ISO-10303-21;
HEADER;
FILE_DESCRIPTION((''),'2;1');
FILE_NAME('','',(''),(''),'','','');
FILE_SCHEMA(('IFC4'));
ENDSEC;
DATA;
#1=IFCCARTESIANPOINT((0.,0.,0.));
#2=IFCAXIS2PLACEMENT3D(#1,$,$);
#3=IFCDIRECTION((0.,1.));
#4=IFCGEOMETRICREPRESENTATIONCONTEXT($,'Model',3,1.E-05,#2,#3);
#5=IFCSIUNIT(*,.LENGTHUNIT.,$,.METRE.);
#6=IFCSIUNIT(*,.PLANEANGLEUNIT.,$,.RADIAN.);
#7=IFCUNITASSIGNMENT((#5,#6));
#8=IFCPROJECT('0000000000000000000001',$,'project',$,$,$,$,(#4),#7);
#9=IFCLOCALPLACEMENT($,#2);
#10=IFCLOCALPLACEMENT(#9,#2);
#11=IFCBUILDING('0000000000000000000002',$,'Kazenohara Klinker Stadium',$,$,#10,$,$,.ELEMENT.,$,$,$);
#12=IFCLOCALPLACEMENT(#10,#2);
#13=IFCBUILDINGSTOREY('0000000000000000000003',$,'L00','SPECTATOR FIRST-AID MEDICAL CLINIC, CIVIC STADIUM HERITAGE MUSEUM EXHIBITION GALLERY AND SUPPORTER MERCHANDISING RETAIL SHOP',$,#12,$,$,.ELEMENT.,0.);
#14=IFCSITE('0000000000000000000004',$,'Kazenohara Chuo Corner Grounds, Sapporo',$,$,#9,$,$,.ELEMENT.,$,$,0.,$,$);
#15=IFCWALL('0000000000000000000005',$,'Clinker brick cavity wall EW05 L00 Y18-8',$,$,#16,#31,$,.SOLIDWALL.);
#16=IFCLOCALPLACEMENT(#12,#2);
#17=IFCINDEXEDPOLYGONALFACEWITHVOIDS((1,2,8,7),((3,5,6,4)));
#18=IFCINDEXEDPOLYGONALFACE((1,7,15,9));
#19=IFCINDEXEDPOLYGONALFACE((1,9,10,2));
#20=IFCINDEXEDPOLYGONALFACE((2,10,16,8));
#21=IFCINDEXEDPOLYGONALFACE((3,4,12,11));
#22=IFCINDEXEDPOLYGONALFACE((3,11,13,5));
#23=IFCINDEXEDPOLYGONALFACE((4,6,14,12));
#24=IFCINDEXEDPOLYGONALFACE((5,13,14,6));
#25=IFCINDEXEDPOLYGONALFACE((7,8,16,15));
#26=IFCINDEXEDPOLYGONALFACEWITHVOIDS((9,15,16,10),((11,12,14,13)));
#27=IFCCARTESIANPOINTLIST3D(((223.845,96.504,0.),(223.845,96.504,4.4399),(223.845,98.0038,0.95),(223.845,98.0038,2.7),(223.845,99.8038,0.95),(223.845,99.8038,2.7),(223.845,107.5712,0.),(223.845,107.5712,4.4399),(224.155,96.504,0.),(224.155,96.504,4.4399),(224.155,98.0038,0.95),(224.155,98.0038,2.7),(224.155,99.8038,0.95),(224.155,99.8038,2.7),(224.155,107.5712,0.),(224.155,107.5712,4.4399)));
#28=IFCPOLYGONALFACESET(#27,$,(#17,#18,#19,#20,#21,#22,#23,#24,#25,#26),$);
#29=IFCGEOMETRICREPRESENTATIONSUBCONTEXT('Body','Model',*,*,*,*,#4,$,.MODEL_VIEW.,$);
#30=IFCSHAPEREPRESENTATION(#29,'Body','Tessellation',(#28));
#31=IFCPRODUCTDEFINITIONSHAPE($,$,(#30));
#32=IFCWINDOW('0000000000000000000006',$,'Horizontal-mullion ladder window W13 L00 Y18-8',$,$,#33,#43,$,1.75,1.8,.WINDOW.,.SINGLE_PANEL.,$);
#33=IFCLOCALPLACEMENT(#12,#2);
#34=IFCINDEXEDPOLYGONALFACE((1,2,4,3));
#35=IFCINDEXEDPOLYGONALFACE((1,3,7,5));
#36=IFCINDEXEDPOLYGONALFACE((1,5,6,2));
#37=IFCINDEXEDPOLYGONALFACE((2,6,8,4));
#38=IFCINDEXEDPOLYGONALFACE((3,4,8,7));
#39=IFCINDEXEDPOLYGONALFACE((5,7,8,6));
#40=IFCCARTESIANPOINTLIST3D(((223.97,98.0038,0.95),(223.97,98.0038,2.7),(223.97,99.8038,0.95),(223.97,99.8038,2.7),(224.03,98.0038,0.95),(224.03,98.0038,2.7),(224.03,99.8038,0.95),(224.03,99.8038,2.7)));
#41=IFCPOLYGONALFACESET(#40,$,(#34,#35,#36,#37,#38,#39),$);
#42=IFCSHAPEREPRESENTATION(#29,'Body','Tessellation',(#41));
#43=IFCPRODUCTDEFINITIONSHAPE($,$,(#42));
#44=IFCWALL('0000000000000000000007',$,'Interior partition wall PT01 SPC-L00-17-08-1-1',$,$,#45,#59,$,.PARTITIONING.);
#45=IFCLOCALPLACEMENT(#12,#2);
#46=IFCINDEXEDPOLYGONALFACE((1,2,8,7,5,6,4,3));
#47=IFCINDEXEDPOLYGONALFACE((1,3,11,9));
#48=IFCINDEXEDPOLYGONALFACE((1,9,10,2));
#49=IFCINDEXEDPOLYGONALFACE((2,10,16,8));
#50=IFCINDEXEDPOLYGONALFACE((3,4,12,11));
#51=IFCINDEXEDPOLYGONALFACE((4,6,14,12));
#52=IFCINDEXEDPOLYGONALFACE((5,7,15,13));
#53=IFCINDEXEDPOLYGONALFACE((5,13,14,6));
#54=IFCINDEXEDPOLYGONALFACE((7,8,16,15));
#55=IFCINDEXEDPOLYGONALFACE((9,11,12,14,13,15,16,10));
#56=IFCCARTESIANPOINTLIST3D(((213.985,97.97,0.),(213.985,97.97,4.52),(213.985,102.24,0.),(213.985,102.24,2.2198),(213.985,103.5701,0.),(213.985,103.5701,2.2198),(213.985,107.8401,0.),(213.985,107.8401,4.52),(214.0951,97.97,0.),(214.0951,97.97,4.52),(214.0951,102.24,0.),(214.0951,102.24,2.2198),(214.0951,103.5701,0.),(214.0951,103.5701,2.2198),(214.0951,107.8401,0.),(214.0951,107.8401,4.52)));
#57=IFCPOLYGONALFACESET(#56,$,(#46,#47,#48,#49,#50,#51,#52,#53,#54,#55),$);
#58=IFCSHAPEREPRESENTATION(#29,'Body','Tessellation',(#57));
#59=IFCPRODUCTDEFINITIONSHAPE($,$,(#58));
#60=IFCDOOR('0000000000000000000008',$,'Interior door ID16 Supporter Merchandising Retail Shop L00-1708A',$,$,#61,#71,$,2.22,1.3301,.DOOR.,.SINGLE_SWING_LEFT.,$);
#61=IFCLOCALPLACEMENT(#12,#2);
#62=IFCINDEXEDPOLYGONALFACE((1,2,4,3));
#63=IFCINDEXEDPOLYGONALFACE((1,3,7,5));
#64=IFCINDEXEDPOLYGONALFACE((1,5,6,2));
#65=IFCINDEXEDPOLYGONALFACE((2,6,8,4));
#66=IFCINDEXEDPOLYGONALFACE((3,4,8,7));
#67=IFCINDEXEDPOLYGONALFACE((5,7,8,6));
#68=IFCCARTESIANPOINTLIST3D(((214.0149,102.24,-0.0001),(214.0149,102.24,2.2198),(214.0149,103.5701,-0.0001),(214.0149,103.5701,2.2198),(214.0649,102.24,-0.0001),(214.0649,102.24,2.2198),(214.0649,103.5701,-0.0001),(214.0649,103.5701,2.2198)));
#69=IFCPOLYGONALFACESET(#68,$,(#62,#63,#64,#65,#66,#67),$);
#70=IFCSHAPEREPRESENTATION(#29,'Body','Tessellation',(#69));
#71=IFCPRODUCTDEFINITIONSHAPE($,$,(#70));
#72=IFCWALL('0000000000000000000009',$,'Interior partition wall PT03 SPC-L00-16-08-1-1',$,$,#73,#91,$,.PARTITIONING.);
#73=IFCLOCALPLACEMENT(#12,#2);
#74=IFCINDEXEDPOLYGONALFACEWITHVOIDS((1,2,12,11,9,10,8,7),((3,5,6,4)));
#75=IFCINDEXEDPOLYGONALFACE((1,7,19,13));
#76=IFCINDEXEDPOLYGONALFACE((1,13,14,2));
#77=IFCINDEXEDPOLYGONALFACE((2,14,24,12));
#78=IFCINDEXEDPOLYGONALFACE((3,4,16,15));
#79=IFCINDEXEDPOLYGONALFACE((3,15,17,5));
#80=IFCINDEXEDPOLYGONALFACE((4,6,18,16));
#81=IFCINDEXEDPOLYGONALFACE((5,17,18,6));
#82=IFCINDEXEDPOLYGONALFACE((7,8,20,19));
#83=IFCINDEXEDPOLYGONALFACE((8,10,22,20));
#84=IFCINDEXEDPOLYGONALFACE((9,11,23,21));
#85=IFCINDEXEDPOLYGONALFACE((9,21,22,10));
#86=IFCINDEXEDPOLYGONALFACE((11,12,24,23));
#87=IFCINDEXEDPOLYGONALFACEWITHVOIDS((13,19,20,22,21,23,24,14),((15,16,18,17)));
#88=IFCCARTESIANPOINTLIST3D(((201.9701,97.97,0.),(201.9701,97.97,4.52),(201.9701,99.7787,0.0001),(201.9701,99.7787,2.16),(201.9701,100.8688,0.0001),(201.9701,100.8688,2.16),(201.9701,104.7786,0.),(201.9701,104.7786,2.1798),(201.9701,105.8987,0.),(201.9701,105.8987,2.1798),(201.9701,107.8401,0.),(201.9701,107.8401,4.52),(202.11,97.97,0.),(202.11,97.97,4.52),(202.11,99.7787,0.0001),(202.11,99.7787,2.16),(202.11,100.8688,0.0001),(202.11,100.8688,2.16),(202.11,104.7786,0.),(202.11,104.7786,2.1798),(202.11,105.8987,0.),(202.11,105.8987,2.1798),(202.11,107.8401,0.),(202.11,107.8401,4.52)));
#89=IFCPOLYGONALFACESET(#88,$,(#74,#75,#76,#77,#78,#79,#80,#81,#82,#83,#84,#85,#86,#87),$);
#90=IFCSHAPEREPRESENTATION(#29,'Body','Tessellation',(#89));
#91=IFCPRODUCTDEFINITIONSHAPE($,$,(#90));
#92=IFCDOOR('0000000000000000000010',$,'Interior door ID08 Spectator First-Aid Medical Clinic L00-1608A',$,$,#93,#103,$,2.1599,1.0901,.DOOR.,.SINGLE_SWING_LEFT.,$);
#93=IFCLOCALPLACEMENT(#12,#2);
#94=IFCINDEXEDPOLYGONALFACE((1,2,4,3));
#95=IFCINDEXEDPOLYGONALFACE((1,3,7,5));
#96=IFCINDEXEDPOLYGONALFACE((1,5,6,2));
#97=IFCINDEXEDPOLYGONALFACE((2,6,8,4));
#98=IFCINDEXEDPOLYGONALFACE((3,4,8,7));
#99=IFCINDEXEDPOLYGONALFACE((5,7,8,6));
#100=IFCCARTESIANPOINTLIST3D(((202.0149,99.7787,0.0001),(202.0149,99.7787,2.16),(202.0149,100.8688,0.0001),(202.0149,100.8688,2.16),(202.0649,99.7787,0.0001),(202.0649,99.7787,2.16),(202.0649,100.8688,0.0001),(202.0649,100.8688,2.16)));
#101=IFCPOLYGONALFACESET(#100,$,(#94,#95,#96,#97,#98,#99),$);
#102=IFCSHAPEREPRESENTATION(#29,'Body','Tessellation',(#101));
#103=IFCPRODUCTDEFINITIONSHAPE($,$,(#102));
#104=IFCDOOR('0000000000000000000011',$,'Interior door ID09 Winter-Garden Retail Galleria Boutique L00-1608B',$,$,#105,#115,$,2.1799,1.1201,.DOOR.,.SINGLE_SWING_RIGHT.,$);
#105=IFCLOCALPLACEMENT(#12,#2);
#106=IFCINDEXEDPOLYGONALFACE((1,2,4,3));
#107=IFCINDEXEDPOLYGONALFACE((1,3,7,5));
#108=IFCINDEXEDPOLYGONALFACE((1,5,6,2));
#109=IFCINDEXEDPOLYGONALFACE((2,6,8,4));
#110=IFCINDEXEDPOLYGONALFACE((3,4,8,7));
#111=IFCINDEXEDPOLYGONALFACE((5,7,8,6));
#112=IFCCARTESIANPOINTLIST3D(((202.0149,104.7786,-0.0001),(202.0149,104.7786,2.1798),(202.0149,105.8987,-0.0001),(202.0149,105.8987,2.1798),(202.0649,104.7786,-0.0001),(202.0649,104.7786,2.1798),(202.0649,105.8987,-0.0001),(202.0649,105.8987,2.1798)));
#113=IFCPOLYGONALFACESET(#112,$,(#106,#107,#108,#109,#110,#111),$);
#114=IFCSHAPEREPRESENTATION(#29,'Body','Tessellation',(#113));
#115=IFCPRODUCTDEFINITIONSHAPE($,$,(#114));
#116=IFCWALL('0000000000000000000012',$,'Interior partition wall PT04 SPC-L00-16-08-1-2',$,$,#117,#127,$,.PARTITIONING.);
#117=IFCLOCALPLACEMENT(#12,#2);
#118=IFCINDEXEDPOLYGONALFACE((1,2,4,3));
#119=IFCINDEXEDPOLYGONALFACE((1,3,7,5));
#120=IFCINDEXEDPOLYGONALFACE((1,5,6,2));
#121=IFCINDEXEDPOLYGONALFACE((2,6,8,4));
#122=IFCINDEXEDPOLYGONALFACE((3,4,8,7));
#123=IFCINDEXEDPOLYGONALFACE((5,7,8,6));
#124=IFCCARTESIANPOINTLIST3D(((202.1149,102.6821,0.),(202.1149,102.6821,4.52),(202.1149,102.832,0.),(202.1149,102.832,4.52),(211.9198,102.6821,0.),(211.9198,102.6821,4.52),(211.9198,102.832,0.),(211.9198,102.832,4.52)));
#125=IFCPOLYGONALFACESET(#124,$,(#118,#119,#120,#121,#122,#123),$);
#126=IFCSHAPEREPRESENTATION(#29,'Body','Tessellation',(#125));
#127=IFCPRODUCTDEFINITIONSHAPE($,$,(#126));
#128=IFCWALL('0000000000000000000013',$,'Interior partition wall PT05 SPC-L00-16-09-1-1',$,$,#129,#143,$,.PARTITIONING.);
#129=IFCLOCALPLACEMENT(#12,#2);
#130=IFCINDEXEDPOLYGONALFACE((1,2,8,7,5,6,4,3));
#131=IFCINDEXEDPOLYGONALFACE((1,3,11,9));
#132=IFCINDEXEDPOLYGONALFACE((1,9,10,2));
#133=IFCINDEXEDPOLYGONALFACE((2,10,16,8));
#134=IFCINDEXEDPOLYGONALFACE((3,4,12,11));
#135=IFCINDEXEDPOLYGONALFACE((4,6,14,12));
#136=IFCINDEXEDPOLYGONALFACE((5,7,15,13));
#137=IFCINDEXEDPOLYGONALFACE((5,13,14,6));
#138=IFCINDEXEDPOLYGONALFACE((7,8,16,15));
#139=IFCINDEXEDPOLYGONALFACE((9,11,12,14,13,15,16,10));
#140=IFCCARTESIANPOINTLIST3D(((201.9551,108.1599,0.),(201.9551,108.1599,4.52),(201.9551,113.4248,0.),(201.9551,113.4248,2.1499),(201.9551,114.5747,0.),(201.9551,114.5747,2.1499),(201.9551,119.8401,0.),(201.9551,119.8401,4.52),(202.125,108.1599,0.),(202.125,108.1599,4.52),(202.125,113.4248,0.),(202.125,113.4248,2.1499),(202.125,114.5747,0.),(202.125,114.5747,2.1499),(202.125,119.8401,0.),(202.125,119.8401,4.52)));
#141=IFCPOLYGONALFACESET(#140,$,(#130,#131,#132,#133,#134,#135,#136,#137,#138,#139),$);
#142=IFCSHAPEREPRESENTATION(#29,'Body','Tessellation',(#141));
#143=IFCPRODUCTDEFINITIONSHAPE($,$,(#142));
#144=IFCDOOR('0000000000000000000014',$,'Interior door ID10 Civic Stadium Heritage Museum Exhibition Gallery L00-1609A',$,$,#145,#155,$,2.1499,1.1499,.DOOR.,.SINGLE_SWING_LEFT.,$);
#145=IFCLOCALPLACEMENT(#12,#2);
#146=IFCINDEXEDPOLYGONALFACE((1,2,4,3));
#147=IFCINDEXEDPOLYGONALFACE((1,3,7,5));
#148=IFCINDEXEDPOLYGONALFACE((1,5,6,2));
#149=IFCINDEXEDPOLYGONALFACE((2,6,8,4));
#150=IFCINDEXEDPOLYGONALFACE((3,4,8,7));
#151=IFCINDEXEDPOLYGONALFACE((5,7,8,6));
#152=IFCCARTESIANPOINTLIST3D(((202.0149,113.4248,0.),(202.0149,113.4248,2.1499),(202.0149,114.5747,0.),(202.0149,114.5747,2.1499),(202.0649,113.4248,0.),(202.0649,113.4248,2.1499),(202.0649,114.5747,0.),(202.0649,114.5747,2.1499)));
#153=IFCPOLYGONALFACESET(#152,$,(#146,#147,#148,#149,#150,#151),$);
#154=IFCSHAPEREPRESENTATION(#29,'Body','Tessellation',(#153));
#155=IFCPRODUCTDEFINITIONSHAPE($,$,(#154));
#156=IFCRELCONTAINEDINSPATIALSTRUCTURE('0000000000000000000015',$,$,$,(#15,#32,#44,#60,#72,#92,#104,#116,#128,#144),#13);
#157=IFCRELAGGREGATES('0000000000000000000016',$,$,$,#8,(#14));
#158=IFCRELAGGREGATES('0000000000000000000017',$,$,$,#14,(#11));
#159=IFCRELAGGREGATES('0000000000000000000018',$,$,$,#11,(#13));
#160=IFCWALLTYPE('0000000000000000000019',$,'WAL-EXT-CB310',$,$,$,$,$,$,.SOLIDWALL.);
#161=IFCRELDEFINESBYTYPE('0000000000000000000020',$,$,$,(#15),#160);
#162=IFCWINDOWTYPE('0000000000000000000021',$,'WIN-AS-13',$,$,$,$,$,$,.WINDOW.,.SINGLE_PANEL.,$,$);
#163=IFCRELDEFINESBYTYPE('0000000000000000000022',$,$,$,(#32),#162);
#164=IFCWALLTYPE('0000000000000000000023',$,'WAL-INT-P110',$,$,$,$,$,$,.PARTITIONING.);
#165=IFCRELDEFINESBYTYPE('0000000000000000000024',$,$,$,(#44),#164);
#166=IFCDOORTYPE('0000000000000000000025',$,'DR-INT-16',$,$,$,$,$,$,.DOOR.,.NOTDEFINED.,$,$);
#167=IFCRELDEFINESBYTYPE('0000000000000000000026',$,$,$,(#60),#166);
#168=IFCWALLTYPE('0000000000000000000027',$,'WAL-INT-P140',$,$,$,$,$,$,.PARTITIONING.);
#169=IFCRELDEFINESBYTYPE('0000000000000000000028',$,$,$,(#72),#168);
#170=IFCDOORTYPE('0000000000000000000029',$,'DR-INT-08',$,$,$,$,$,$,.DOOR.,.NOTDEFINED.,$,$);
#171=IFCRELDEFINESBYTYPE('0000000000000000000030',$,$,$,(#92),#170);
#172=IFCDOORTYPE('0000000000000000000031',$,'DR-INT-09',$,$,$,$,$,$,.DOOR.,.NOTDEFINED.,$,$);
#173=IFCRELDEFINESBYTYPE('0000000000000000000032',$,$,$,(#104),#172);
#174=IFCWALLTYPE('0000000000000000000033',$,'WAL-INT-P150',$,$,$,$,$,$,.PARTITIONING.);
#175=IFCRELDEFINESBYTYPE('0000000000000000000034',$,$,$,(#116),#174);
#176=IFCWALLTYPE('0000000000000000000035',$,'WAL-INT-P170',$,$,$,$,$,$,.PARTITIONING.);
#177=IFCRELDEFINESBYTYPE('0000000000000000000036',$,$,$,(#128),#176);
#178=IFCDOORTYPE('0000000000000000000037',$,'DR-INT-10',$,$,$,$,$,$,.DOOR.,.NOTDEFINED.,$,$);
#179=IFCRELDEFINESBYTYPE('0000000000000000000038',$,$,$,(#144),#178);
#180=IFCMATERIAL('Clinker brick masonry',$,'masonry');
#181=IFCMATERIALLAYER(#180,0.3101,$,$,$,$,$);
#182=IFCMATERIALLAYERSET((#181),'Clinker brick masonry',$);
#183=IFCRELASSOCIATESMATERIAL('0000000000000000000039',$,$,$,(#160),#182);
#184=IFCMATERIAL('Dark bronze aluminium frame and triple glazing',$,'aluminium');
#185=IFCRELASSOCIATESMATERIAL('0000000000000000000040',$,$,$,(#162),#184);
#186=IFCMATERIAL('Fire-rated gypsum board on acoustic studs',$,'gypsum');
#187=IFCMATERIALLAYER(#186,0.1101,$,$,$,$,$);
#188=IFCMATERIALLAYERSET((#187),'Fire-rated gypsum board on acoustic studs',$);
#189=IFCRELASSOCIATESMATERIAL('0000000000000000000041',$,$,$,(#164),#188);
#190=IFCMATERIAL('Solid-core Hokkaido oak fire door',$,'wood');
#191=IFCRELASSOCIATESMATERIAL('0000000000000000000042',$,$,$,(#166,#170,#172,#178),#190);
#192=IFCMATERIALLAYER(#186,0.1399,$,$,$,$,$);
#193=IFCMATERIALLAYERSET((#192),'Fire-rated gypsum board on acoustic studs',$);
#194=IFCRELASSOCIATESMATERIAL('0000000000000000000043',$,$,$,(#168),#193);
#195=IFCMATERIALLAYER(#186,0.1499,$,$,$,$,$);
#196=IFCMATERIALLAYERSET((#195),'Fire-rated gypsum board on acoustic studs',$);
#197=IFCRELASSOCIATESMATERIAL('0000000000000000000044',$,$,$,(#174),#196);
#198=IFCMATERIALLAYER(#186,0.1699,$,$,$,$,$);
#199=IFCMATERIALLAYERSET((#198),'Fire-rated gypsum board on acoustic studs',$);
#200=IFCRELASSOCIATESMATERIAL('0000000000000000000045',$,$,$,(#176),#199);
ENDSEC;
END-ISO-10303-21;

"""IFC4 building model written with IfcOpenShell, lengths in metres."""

from ifc_helpers import new_model, si_unit, direction, frame, frame_2d, origin, place, context, subcontext, project, spatial, rectangle, extrude, material, layer, layer_set, type_object, element, fill, save


model = new_model("IFC4")

# Units and contexts
model_context = context("Model", 3, precision=1e-05, world=origin(), true_north=direction((0.0, 1.0)))
body_context = subcontext(model_context, "Body", "Model", "MODEL_VIEW")
ifc_project = project(units=[si_unit("LENGTHUNIT", "METRE"), si_unit("PLANEANGLEUNIT", "RADIAN")], contexts=[model_context])

# Site, building, storey
site_placement = place(None, origin())
site = spatial("IfcSite", under=ifc_project, at=site_placement, Name="Kazenohara Chuo Corner Grounds, Sapporo", CompositionType="ELEMENT", RefElevation=0.0)
building_placement = place(site_placement, origin())
building = spatial("IfcBuilding", under=site, at=building_placement, Name="Kazenohara Klinker Stadium", CompositionType="ELEMENT")
storey_placement = place(building_placement, origin())
storey = spatial("IfcBuildingStorey", under=building, at=storey_placement, Name="L00", Description="SPECTATOR FIRST-AID MEDICAL CLINIC, CIVIC STADIUM HERITAGE MUSEUM EXHIBITION GALLERY AND SUPPORTER MERCHANDISING RETAIL SHOP", CompositionType="ELEMENT", Elevation=0.0)

# Wall, opening, window
ifc_material_1 = material(Name="Clinker brick masonry", Category="masonry")
ifc_material_2 = material(Name="Dark bronze aluminium frame and triple glazing", Category="aluminium")
ifc_layer_1 = layer(ifc_material_1, 0.3101)
ifc_layer_set_1 = layer_set([ifc_layer_1], Name="Clinker brick masonry")
wall_type_1 = type_object("IfcWallType", Name="WAL-EXT-CB310", PredefinedType="SOLIDWALL", material=ifc_layer_set_1)
wall_1_placement = place(storey_placement, frame((224.0, 96.5039, 0.0), z_axis=(0.0, 0.0, 1.0), x_axis=(0.0, 1.0, 0.0)))
wall_1 = element("IfcWall", 1, at=wall_1_placement, inside=storey, type_object=wall_type_1, Name="Clinker brick cavity wall EW05 L00 Y18-8", PredefinedType="SOLIDWALL", context=body_context, shape_type="SweptSolid", body=[
    extrude(rectangle(XDim=11.0671, YDim=0.3101, at=frame_2d((5.5337, 0.0))), origin(), (0.0, 0.0, 1.0), 4.4399),
])
opening_1_placement = place(wall_1_placement, frame((1.5, 0.0, 0.95)))
opening_1 = element("IfcOpeningElement", 2, at=opening_1_placement, cuts=wall_1, PredefinedType="OPENING", context=body_context, shape_type="SweptSolid", body=[
    extrude(rectangle(XDim=1.8, YDim=1.75, at=frame_2d((0.8999, 0.875))), frame((0.0, 0.165, 0.0), z_axis=(0.0, -1.0, 0.0), x_axis=(1.0, 0.0, 0.0)), (0.0, 0.0, 1.0), 0.3301),
])
window_type_1 = type_object("IfcWindowType", Name="WIN-AS-13", PartitioningType="SINGLE_PANEL", PredefinedType="WINDOW", material=ifc_material_2)
window_1_placement = place(opening_1_placement, origin())
window_1 = element("IfcWindow", 3, at=window_1_placement, inside=storey, type_object=window_type_1, Name="Horizontal-mullion ladder window W13 L00 Y18-8", OverallHeight=1.75, OverallWidth=1.8, PartitioningType="SINGLE_PANEL", PredefinedType="WINDOW", context=body_context, shape_type="SweptSolid", body=[
    extrude(rectangle(XDim=1.8, YDim=1.75, at=frame_2d((0.8999, 0.875))), frame((0.0, 0.03, 0.0), z_axis=(0.0, -1.0, 0.0), x_axis=(1.0, 0.0, 0.0)), (0.0, 0.0, 1.0), 0.0601),
])
fill(opening_1, window_1)

# Wall, opening, door
ifc_material_3 = material(Name="Fire-rated gypsum board on acoustic studs", Category="gypsum")
ifc_layer_2 = layer(ifc_material_3, 0.1101)
ifc_layer_set_2 = layer_set([ifc_layer_2], Name="Fire-rated gypsum board on acoustic studs")
wall_type_2 = type_object("IfcWallType", Name="WAL-INT-P110", PredefinedType="PARTITIONING", material=ifc_layer_set_2)
wall_2_placement = place(storey_placement, frame((214.04, 97.97, 0.0), z_axis=(0.0, 0.0, 1.0), x_axis=(0.0, 1.0, 0.0)))
wall_2 = element("IfcWall", 4, at=wall_2_placement, inside=storey, type_object=wall_type_2, Name="Interior partition wall PT01 SPC-L00-17-08-1-1", PredefinedType="PARTITIONING", context=body_context, shape_type="SweptSolid", body=[
    extrude(rectangle(XDim=9.8701, YDim=0.1101, at=frame_2d((4.9351, 0.0))), origin(), (0.0, 0.0, 1.0), 4.52),
])
opening_2_placement = place(wall_2_placement, frame((5.6001, 0.0, 0.0), z_axis=(0.0, 0.0, 1.0), x_axis=(-1.0, 0.0, 0.0)))
opening_2 = element("IfcOpeningElement", 5, at=opening_2_placement, cuts=wall_2, PredefinedType="OPENING", context=body_context, shape_type="SweptSolid", body=[
    extrude(rectangle(XDim=1.3301, YDim=2.22, at=frame_2d((0.665, 1.1099))), frame((0.0, 0.0649, 0.0), z_axis=(0.0, -1.0, 0.0), x_axis=(1.0, 0.0, 0.0)), (0.0, 0.0, 1.0), 0.1301),
])
ifc_material_4 = material(Name="Solid-core Hokkaido oak fire door", Category="wood")
door_type_1 = type_object("IfcDoorType", Name="DR-INT-16", OperationType="NOTDEFINED", PredefinedType="DOOR", material=ifc_material_4)
door_1_placement = place(opening_2_placement, origin())
door_1 = element("IfcDoor", 6, at=door_1_placement, inside=storey, type_object=door_type_1, Name="Interior door ID16 Supporter Merchandising Retail Shop L00-1708A", OperationType="SINGLE_SWING_LEFT", OverallHeight=2.22, OverallWidth=1.3301, PredefinedType="DOOR", context=body_context, shape_type="SweptSolid", body=[
    extrude(rectangle(XDim=1.3301, YDim=2.22, at=frame_2d((0.665, 1.1099))), frame((0.0, 0.0249, 0.0), z_axis=(0.0, -1.0, 0.0), x_axis=(1.0, 0.0, 0.0)), (0.0, 0.0, 1.0), 0.05),
])
fill(opening_2, door_1)

# Wall, openings, doors
ifc_layer_3 = layer(ifc_material_3, 0.1399)
ifc_layer_set_3 = layer_set([ifc_layer_3], Name="Fire-rated gypsum board on acoustic studs")
wall_type_3 = type_object("IfcWallType", Name="WAL-INT-P140", PredefinedType="PARTITIONING", material=ifc_layer_set_3)
wall_3_placement = place(storey_placement, frame((202.04, 97.97, 0.0), z_axis=(0.0, 0.0, 1.0), x_axis=(0.0, 1.0, 0.0)))
wall_3 = element("IfcWall", 7, at=wall_3_placement, inside=storey, type_object=wall_type_3, Name="Interior partition wall PT03 SPC-L00-16-08-1-1", PredefinedType="PARTITIONING", context=body_context, shape_type="SweptSolid", body=[
    extrude(rectangle(XDim=9.8701, YDim=0.1399, at=frame_2d((4.9351, 0.0))), origin(), (0.0, 0.0, 1.0), 4.52),
])
opening_3_placement = place(wall_3_placement, frame((2.8987, 0.0, 0.0), z_axis=(0.0, 0.0, 1.0), x_axis=(-1.0, 0.0, 0.0)))
opening_3 = element("IfcOpeningElement", 8, at=opening_3_placement, cuts=wall_3, PredefinedType="OPENING", context=body_context, shape_type="SweptSolid", body=[
    extrude(rectangle(XDim=1.0901, YDim=2.1599, at=frame_2d((0.5449, 1.0801))), frame((0.0, 0.0801, 0.0), z_axis=(0.0, -1.0, 0.0), x_axis=(1.0, 0.0, 0.0)), (0.0, 0.0, 1.0), 0.1599),
])
opening_4_placement = place(wall_3_placement, frame((7.9287, 0.0, 0.0), z_axis=(0.0, 0.0, 1.0), x_axis=(-1.0, 0.0, 0.0)))
opening_4 = element("IfcOpeningElement", 9, at=opening_4_placement, cuts=wall_3, PredefinedType="OPENING", context=body_context, shape_type="SweptSolid", body=[
    extrude(rectangle(XDim=1.1201, YDim=2.1799, at=frame_2d((0.5601, 1.0898))), frame((0.0, 0.0801, 0.0), z_axis=(0.0, -1.0, 0.0), x_axis=(1.0, 0.0, 0.0)), (0.0, 0.0, 1.0), 0.1599),
])
door_type_2 = type_object("IfcDoorType", Name="DR-INT-08", OperationType="NOTDEFINED", PredefinedType="DOOR", material=ifc_material_4)
door_2_placement = place(opening_3_placement, origin())
door_2 = element("IfcDoor", 10, at=door_2_placement, inside=storey, type_object=door_type_2, Name="Interior door ID08 Spectator First-Aid Medical Clinic L00-1608A", OperationType="SINGLE_SWING_LEFT", OverallHeight=2.1599, OverallWidth=1.0901, PredefinedType="DOOR", context=body_context, shape_type="SweptSolid", body=[
    extrude(rectangle(XDim=1.0901, YDim=2.1599, at=frame_2d((0.5449, 1.0801))), frame((0.0, 0.0249, 0.0), z_axis=(0.0, -1.0, 0.0), x_axis=(1.0, 0.0, 0.0)), (0.0, 0.0, 1.0), 0.05),
])
fill(opening_3, door_2)
door_type_3 = type_object("IfcDoorType", Name="DR-INT-09", OperationType="NOTDEFINED", PredefinedType="DOOR", material=ifc_material_4)
door_3_placement = place(opening_4_placement, origin())
door_3 = element("IfcDoor", 11, at=door_3_placement, inside=storey, type_object=door_type_3, Name="Interior door ID09 Winter-Garden Retail Galleria Boutique L00-1608B", OperationType="SINGLE_SWING_RIGHT", OverallHeight=2.1799, OverallWidth=1.1201, PredefinedType="DOOR", context=body_context, shape_type="SweptSolid", body=[
    extrude(rectangle(XDim=1.1201, YDim=2.1799, at=frame_2d((0.5601, 1.0898))), frame((0.0, 0.0249, 0.0), z_axis=(0.0, -1.0, 0.0), x_axis=(1.0, 0.0, 0.0)), (0.0, 0.0, 1.0), 0.05),
])
fill(opening_4, door_3)

# Wall
ifc_layer_4 = layer(ifc_material_3, 0.1499)
ifc_layer_set_4 = layer_set([ifc_layer_4], Name="Fire-rated gypsum board on acoustic studs")
wall_type_4 = type_object("IfcWallType", Name="WAL-INT-P150", PredefinedType="PARTITIONING", material=ifc_layer_set_4)
wall_4_placement = place(storey_placement, frame((202.115, 102.7571, 0.0), z_axis=(0.0, 0.0, 1.0), x_axis=(1.0, 0.0, 0.0)))
element("IfcWall", 12, at=wall_4_placement, inside=storey, type_object=wall_type_4, Name="Interior partition wall PT04 SPC-L00-16-08-1-2", PredefinedType="PARTITIONING", context=body_context, shape_type="SweptSolid", body=[
    extrude(rectangle(XDim=9.8049, YDim=0.1499, at=frame_2d((4.9023, 0.0))), origin(), (0.0, 0.0, 1.0), 4.52),
])

# Wall, opening, door
ifc_layer_5 = layer(ifc_material_3, 0.1699)
ifc_layer_set_5 = layer_set([ifc_layer_5], Name="Fire-rated gypsum board on acoustic studs")
wall_type_5 = type_object("IfcWallType", Name="WAL-INT-P170", PredefinedType="PARTITIONING", material=ifc_layer_set_5)
wall_5_placement = place(storey_placement, frame((202.04, 108.1599, 0.0), z_axis=(0.0, 0.0, 1.0), x_axis=(0.0, 1.0, 0.0)))
wall_5 = element("IfcWall", 13, at=wall_5_placement, inside=storey, type_object=wall_type_5, Name="Interior partition wall PT05 SPC-L00-16-09-1-1", PredefinedType="PARTITIONING", context=body_context, shape_type="SweptSolid", body=[
    extrude(rectangle(XDim=11.6802, YDim=0.1699, at=frame_2d((5.8401, 0.0))), origin(), (0.0, 0.0, 1.0), 4.52),
])
opening_5_placement = place(wall_5_placement, frame((6.4148, 0.0, 0.0), z_axis=(0.0, 0.0, 1.0), x_axis=(-1.0, 0.0, 0.0)))
opening_5 = element("IfcOpeningElement", 14, at=opening_5_placement, cuts=wall_5, PredefinedType="OPENING", context=body_context, shape_type="SweptSolid", body=[
    extrude(rectangle(XDim=1.1499, YDim=2.1499, at=frame_2d((0.575, 1.075))), frame((0.0, 0.095, 0.0), z_axis=(0.0, -1.0, 0.0), x_axis=(1.0, 0.0, 0.0)), (0.0, 0.0, 1.0), 0.1899),
])
door_type_4 = type_object("IfcDoorType", Name="DR-INT-10", OperationType="NOTDEFINED", PredefinedType="DOOR", material=ifc_material_4)
door_4_placement = place(opening_5_placement, origin())
door_4 = element("IfcDoor", 15, at=door_4_placement, inside=storey, type_object=door_type_4, Name="Interior door ID10 Civic Stadium Heritage Museum Exhibition Gallery L00-1609A", OperationType="SINGLE_SWING_LEFT", OverallHeight=2.1499, OverallWidth=1.1499, PredefinedType="DOOR", context=body_context, shape_type="SweptSolid", body=[
    extrude(rectangle(XDim=1.1499, YDim=2.1499, at=frame_2d((0.575, 1.075))), frame((0.0, 0.0249, 0.0), z_axis=(0.0, -1.0, 0.0), x_axis=(1.0, 0.0, 0.0)), (0.0, 0.0, 1.0), 0.05),
])
fill(opening_5, door_4)

save(model, "model.ifc")
